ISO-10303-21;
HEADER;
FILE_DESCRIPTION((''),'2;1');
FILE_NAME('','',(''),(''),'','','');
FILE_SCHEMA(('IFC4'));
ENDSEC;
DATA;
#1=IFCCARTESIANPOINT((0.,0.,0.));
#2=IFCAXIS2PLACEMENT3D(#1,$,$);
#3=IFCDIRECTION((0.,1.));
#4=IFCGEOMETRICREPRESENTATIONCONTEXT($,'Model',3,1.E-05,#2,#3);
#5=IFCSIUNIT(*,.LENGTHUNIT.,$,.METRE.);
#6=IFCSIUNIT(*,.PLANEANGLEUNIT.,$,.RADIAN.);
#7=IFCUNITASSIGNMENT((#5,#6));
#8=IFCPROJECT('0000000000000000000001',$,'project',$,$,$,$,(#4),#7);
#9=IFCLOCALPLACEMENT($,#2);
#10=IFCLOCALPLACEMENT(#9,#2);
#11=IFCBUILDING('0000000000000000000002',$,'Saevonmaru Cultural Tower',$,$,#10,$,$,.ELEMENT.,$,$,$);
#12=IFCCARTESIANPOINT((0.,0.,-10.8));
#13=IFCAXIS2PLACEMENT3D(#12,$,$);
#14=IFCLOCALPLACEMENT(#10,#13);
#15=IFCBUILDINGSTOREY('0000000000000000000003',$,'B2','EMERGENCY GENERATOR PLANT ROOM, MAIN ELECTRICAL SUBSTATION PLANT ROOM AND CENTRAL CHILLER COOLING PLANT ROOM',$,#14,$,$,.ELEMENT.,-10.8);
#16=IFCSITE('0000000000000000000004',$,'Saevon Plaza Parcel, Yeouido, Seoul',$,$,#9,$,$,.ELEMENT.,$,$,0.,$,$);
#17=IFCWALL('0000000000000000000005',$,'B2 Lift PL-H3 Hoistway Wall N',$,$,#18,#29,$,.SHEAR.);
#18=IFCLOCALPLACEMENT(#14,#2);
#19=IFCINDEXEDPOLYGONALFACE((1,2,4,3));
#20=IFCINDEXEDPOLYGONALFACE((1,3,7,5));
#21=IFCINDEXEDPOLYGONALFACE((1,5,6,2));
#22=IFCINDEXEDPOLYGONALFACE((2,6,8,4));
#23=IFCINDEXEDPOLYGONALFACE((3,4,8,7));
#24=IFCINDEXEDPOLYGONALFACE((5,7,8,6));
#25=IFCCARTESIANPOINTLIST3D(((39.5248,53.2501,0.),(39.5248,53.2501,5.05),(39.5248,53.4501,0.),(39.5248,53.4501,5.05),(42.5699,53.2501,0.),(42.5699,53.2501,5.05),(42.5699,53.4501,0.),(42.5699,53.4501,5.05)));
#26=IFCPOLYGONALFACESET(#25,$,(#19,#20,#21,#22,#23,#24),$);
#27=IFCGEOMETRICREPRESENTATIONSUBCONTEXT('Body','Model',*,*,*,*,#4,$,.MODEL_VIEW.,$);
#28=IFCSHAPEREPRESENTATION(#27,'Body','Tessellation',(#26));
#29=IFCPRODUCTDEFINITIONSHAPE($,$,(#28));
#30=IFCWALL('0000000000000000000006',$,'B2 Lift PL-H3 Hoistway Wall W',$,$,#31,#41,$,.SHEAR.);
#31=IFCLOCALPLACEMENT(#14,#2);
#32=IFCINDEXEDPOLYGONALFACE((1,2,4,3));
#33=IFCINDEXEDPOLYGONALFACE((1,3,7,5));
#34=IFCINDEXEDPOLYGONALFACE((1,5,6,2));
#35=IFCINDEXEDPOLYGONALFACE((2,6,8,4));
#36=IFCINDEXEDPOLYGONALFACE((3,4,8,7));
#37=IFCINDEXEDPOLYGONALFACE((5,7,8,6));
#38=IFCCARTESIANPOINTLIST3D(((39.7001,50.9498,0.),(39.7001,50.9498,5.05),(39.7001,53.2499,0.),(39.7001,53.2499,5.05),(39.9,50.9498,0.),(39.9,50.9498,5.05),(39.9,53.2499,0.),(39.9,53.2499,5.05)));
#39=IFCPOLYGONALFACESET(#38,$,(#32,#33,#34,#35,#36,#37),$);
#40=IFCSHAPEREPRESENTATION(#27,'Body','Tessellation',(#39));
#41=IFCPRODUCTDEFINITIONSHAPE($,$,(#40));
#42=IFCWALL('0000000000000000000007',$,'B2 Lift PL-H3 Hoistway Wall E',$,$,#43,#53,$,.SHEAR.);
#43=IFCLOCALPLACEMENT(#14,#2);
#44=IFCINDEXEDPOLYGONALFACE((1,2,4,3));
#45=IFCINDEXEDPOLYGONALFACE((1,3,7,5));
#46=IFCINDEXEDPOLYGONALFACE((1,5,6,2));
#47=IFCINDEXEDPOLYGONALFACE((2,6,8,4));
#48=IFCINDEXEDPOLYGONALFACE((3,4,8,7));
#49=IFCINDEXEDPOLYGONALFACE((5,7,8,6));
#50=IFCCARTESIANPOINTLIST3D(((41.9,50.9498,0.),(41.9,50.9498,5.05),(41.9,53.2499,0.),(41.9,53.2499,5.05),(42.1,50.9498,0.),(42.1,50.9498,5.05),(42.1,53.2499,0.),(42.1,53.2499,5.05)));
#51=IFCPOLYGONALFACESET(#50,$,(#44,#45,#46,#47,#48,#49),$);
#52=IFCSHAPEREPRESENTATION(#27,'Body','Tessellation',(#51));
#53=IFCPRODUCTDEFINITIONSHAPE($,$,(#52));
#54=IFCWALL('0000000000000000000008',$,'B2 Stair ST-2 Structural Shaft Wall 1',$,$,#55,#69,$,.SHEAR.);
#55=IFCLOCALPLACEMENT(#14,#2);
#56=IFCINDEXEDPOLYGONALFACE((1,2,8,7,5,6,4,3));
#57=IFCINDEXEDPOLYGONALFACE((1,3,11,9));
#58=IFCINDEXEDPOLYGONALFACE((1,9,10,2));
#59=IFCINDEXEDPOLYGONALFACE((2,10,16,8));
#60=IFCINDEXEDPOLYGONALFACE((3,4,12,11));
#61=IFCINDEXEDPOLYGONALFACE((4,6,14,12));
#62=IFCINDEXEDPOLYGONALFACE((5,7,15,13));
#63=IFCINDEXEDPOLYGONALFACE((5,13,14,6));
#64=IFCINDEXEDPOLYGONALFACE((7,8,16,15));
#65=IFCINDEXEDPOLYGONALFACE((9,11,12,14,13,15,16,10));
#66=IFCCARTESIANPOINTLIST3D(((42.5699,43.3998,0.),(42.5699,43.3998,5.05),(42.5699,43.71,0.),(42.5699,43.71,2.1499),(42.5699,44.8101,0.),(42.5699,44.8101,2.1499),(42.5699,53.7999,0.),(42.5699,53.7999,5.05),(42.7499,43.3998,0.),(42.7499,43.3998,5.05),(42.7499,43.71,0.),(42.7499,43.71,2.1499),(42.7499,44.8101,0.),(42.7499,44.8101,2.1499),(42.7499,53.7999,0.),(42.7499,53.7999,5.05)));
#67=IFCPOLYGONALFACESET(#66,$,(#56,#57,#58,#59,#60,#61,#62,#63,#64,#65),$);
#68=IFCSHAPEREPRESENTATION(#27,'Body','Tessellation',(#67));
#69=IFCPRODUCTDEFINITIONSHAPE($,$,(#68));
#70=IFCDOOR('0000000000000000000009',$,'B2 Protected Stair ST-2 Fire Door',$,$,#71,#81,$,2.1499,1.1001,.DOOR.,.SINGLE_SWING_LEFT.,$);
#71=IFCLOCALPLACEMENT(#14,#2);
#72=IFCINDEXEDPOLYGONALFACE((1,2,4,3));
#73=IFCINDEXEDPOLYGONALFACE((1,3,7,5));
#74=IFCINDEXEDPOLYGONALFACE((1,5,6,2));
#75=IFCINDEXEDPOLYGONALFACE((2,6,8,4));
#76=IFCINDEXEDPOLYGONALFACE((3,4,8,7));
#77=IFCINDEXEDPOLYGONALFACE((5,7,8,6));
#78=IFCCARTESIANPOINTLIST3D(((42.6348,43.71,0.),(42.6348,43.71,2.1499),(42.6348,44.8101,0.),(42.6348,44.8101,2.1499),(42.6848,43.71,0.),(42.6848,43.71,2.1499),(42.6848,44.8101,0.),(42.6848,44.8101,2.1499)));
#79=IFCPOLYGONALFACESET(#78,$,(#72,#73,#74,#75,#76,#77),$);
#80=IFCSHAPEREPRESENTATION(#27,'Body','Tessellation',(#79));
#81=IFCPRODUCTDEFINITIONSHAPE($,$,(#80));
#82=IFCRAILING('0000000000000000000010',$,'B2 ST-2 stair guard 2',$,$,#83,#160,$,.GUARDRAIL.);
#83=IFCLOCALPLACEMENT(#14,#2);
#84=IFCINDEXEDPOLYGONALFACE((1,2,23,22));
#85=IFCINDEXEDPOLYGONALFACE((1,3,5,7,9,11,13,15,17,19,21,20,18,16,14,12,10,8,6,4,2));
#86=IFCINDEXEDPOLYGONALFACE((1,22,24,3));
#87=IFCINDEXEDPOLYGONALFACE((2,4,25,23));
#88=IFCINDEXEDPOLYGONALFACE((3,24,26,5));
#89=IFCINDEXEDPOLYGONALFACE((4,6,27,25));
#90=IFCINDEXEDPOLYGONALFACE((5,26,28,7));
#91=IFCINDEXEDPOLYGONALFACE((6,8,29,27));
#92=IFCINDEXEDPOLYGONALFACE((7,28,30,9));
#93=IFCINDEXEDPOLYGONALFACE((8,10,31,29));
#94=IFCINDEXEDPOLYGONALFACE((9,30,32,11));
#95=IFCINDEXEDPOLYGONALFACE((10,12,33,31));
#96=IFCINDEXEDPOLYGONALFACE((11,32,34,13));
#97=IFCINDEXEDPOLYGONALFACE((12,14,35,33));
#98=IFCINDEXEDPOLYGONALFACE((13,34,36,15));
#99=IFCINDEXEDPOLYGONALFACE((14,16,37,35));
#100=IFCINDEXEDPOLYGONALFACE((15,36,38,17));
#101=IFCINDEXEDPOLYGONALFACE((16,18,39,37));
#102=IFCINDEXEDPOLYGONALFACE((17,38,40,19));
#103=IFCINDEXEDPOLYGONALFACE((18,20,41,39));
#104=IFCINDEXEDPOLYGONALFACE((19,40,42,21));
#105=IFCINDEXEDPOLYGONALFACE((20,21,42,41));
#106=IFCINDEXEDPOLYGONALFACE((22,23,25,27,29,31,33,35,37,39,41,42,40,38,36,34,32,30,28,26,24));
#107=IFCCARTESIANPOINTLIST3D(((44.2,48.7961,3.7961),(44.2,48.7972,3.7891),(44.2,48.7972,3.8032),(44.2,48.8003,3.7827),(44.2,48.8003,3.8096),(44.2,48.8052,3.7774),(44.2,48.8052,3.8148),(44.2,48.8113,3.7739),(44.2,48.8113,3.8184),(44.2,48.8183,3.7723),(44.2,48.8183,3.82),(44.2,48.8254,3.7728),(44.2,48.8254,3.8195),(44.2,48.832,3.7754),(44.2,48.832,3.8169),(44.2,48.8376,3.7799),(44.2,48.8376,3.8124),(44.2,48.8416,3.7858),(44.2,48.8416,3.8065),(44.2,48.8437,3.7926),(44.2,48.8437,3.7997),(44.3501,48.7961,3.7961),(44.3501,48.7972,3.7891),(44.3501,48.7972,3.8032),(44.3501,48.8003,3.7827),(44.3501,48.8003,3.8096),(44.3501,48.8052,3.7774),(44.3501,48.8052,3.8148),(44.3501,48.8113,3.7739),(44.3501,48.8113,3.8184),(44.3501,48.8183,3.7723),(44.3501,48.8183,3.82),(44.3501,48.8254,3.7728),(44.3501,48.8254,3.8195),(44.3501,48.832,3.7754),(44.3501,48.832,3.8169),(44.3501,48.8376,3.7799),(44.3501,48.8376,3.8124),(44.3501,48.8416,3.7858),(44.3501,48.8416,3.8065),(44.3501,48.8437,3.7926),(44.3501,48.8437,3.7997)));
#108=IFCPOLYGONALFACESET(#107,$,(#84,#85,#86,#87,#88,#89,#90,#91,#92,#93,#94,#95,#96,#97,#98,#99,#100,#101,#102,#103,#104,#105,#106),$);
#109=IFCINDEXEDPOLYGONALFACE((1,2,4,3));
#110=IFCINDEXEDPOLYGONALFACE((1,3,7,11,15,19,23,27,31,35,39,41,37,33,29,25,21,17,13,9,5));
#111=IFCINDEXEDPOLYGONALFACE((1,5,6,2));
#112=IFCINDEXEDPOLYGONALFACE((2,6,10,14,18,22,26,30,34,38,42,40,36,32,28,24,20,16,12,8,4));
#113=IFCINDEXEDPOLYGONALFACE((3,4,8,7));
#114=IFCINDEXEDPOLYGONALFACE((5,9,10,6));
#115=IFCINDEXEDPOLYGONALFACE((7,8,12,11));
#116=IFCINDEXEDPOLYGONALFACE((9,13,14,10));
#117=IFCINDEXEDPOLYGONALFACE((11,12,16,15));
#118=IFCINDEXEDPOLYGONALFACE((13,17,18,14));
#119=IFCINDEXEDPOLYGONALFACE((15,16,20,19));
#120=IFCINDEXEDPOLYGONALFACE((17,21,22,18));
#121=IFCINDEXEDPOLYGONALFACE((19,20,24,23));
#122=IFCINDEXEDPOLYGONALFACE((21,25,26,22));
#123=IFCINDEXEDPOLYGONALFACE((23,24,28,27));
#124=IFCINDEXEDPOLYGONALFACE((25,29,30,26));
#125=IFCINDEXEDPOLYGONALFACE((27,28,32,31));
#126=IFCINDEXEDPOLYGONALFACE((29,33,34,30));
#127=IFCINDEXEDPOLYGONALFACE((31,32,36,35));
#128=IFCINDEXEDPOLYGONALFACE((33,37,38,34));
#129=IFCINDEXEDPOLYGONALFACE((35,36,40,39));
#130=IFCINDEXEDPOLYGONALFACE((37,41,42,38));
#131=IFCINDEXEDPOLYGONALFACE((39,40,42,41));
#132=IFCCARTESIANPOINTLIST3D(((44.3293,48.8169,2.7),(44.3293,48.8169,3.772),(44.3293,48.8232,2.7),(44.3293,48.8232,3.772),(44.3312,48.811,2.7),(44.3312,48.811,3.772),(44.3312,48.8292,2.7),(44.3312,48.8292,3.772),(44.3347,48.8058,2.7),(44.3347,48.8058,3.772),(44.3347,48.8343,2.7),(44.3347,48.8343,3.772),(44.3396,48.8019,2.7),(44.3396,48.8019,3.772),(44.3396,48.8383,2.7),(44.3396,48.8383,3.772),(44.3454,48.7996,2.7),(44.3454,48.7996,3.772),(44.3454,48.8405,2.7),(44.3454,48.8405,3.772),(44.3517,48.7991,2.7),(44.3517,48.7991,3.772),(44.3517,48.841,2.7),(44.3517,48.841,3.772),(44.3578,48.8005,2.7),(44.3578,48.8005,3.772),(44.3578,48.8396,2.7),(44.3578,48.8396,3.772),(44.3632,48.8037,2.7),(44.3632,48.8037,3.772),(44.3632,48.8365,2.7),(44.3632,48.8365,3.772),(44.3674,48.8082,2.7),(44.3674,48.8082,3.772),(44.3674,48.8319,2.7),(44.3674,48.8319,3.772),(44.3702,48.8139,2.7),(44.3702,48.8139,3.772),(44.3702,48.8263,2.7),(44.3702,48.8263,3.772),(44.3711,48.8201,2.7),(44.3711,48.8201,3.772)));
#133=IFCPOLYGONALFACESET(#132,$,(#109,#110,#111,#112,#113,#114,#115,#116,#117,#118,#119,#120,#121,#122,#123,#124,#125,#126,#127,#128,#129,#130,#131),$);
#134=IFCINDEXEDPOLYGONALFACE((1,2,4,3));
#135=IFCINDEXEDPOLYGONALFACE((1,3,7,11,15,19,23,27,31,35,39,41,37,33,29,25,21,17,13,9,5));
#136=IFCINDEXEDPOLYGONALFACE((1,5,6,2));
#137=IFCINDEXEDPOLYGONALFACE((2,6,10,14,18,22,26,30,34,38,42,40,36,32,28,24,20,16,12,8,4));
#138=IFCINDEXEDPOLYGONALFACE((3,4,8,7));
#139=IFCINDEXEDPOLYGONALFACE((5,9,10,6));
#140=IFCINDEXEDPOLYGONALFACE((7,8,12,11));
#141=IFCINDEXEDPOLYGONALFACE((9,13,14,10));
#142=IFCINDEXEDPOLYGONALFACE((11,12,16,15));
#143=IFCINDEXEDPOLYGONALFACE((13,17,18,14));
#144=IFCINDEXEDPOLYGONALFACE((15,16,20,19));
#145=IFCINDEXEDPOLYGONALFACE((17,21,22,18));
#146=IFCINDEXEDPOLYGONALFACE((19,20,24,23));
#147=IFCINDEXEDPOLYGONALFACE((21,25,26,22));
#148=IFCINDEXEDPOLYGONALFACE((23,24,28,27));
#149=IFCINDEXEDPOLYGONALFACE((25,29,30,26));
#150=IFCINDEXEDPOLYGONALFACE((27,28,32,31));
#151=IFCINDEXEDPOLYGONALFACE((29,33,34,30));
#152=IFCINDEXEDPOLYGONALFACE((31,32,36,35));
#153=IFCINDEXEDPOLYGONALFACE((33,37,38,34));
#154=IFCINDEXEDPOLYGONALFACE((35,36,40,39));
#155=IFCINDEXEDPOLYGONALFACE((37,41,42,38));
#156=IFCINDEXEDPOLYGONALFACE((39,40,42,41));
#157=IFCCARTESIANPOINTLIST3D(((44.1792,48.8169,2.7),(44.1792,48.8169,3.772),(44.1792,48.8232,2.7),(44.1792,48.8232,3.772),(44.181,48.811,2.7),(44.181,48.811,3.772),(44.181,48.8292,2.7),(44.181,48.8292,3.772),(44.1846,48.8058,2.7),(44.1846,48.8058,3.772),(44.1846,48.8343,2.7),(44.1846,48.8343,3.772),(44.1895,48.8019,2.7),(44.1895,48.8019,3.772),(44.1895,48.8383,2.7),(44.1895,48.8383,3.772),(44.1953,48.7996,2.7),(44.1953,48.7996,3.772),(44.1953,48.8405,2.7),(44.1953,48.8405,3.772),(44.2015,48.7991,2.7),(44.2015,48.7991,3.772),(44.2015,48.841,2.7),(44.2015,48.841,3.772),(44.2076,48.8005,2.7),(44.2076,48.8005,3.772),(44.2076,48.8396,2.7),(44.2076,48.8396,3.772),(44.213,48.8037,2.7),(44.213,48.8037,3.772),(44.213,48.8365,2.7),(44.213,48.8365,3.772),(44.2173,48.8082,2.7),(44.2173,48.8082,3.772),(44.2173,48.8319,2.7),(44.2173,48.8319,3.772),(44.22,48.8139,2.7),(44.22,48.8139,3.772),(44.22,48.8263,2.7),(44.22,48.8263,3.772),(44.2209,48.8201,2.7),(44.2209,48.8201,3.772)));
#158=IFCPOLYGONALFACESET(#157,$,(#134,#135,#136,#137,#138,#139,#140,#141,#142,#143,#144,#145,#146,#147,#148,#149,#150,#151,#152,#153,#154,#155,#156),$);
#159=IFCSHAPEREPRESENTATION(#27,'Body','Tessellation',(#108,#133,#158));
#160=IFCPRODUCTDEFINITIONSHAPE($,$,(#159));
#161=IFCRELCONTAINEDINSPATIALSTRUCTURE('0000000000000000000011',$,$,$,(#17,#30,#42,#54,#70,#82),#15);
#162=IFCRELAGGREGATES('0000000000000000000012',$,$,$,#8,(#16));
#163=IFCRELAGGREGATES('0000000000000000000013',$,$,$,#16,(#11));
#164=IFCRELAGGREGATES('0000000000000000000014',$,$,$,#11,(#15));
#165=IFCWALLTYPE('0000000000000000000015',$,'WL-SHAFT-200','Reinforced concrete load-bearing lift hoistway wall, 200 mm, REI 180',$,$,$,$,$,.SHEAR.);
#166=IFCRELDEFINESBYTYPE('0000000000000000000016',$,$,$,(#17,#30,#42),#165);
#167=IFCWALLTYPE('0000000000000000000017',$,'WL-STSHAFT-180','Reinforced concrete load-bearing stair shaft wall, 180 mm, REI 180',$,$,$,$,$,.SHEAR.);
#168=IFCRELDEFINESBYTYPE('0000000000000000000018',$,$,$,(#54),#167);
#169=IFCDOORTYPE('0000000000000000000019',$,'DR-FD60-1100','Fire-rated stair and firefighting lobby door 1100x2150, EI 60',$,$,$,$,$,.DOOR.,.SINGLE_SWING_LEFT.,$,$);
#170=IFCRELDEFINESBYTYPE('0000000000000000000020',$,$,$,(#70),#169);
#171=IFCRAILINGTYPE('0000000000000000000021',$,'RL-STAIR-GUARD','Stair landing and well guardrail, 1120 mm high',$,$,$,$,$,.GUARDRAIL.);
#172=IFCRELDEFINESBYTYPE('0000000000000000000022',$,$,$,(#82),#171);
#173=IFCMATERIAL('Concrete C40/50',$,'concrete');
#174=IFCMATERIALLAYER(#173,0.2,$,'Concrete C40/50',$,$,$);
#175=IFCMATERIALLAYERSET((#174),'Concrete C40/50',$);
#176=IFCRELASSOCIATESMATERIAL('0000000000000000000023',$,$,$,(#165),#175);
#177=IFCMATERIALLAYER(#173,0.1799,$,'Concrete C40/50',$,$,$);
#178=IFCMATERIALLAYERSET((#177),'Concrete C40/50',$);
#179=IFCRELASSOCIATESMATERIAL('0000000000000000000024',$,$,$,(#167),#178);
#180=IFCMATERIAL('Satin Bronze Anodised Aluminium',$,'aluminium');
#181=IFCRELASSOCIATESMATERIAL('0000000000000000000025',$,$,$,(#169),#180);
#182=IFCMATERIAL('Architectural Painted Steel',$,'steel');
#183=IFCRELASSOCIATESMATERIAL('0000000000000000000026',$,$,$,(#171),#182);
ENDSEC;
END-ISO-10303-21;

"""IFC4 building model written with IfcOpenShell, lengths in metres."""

from ifc_helpers import new_model, si_unit, direction, frame, frame_2d, origin, origin_2d, place, context, subcontext, project, spatial, rectangle, circle, extrude, material, layer, layer_set, type_object, element, fill, save


model = new_model("IFC4")

# Units and contexts
model_context = context("Model", 3, precision=1e-05, world=origin(), true_north=direction((0.0, 1.0)))
body_context = subcontext(model_context, "Body", "Model", "MODEL_VIEW")
ifc_project = project(units=[si_unit("LENGTHUNIT", "METRE"), si_unit("PLANEANGLEUNIT", "RADIAN")], contexts=[model_context])

# Site, building, storey
site_placement = place(None, origin())
site = spatial("IfcSite", under=ifc_project, at=site_placement, Name="Saevon Plaza Parcel, Yeouido, Seoul", CompositionType="ELEMENT", RefElevation=0.0)
building_placement = place(site_placement, origin())
building = spatial("IfcBuilding", under=site, at=building_placement, Name="Saevonmaru Cultural Tower", CompositionType="ELEMENT")
storey_placement = place(building_placement, frame((0.0, 0.0, -10.8)))
storey = spatial("IfcBuildingStorey", under=building, at=storey_placement, Name="B2", Description="EMERGENCY GENERATOR PLANT ROOM, MAIN ELECTRICAL SUBSTATION PLANT ROOM AND CENTRAL CHILLER COOLING PLANT ROOM", CompositionType="ELEMENT", Elevation=-10.8)

# Walls
ifc_material_1 = material(Name="Concrete C40/50", Category="concrete")
ifc_layer_1 = layer(ifc_material_1, 0.2, Name="Concrete C40/50")
ifc_layer_set_1 = layer_set([ifc_layer_1], Name="Concrete C40/50")
wall_type_1 = type_object("IfcWallType", Name="WL-SHAFT-200", Description="Reinforced concrete load-bearing lift hoistway wall, 200 mm, REI 180", PredefinedType="SHEAR", material=ifc_layer_set_1)
for number, where, z_axis, x_axis, name in (
    (1, (39.5249, 53.3501, 0.0), (0.0, 0.0, 1.0), (1.0, 0.0, 0.0), "B2 Lift PL-H3 Hoistway Wall N"),
):
    element("IfcWall", number, at=place(storey_placement, frame(where, z_axis=z_axis, x_axis=x_axis)), inside=storey, type_object=wall_type_1, Name=name, PredefinedType="SHEAR", context=body_context, shape_type="SweptSolid", body=[
        extrude(rectangle(XDim=3.0452, YDim=0.2, at=frame_2d((1.5225, 0.0))), origin(), (0.0, 0.0, 1.0), 5.05),
    ])
for number, where, z_axis, x_axis, name in (
    (2, (39.8, 50.95, 0.0), (0.0, 0.0, 1.0), (0.0, 1.0, 0.0), "B2 Lift PL-H3 Hoistway Wall W"),
    (3, (42.0, 50.95, 0.0), (0.0, 0.0, 1.0), (0.0, 1.0, 0.0), "B2 Lift PL-H3 Hoistway Wall E"),
):
    element("IfcWall", number, at=place(storey_placement, frame(where, z_axis=z_axis, x_axis=x_axis)), inside=storey, type_object=wall_type_1, Name=name, PredefinedType="SHEAR", context=body_context, shape_type="SweptSolid", body=[
        extrude(rectangle(XDim=2.3, YDim=0.2, at=frame_2d((1.1499, 0.0))), origin(), (0.0, 0.0, 1.0), 5.05),
    ])

# Wall, opening, door
ifc_layer_2 = layer(ifc_material_1, 0.1799, Name="Concrete C40/50")
ifc_layer_set_2 = layer_set([ifc_layer_2], Name="Concrete C40/50")
wall_type_2 = type_object("IfcWallType", Name="WL-STSHAFT-180", Description="Reinforced concrete load-bearing stair shaft wall, 180 mm, REI 180", PredefinedType="SHEAR", material=ifc_layer_set_2)
wall_placement = place(storey_placement, frame((42.6599, 53.8, 0.0), z_axis=(0.0, 0.0, 1.0), x_axis=(0.0, -1.0, 0.0)))
wall = element("IfcWall", 4, at=wall_placement, inside=storey, type_object=wall_type_2, Name="B2 Stair ST-2 Structural Shaft Wall 1", PredefinedType="SHEAR", context=body_context, shape_type="SweptSolid", body=[
    extrude(rectangle(XDim=10.4001, YDim=0.1799, at=frame_2d((5.2002, 0.0))), origin(), (0.0, 0.0, 1.0), 5.05),
])
opening_placement = place(wall_placement, frame((8.99, 0.0, 0.0)))
opening = element("IfcOpeningElement", 5, at=opening_placement, cuts=wall, PredefinedType="OPENING", context=body_context, shape_type="SweptSolid", body=[
    extrude(rectangle(XDim=1.1001, YDim=2.1499, at=frame_2d((0.55, 1.075))), frame((0.0, 0.1001, 0.0), z_axis=(0.0, -1.0, 0.0), x_axis=(1.0, 0.0, 0.0)), (0.0, 0.0, 1.0), 0.2),
])
ifc_material_2 = material(Name="Satin Bronze Anodised Aluminium", Category="aluminium")
door_type = type_object("IfcDoorType", Name="DR-FD60-1100", Description="Fire-rated stair and firefighting lobby door 1100x2150, EI 60", OperationType="SINGLE_SWING_LEFT", PredefinedType="DOOR", material=ifc_material_2)
door_placement = place(opening_placement, origin())
door = element("IfcDoor", 6, at=door_placement, inside=storey, type_object=door_type, Name="B2 Protected Stair ST-2 Fire Door", OperationType="SINGLE_SWING_LEFT", OverallHeight=2.1499, OverallWidth=1.1001, PredefinedType="DOOR", context=body_context, shape_type="SweptSolid", body=[
    extrude(rectangle(XDim=1.1001, YDim=2.1499, at=frame_2d((0.55, 1.075))), frame((0.0, 0.0249, 0.0), z_axis=(0.0, -1.0, 0.0), x_axis=(1.0, 0.0, 0.0)), (0.0, 0.0, 1.0), 0.05),
])
fill(opening, door)

# Railing
ifc_material_3 = material(Name="Architectural Painted Steel", Category="steel")
railing_type = type_object("IfcRailingType", Name="RL-STAIR-GUARD", Description="Stair landing and well guardrail, 1120 mm high", PredefinedType="GUARDRAIL", material=ifc_material_3)
railing_placement = place(storey_placement, frame((44.3501, 48.8201, 2.7)))
element("IfcRailing", 7, at=railing_placement, inside=storey, type_object=railing_type, Name="B2 ST-2 stair guard 2", PredefinedType="GUARDRAIL", context=body_context, shape_type="SweptSolid", body=[
    extrude(circle(Radius=0.0239, at=origin_2d()), frame((0.0, 0.0, 1.0962), z_axis=(-1.0, 0.0, 0.0), x_axis=(0.0, -1.0, 0.0)), (0.0, 0.0, 1.0), 0.1501),
    extrude(circle(Radius=0.021, at=origin_2d()), origin(), (0.0, 0.0, 1.0), 1.072),
    extrude(circle(Radius=0.021, at=origin_2d()), frame((-0.1501, 0.0, 0.0)), (0.0, 0.0, 1.0), 1.072),
])

save(model, "model.ifc")
